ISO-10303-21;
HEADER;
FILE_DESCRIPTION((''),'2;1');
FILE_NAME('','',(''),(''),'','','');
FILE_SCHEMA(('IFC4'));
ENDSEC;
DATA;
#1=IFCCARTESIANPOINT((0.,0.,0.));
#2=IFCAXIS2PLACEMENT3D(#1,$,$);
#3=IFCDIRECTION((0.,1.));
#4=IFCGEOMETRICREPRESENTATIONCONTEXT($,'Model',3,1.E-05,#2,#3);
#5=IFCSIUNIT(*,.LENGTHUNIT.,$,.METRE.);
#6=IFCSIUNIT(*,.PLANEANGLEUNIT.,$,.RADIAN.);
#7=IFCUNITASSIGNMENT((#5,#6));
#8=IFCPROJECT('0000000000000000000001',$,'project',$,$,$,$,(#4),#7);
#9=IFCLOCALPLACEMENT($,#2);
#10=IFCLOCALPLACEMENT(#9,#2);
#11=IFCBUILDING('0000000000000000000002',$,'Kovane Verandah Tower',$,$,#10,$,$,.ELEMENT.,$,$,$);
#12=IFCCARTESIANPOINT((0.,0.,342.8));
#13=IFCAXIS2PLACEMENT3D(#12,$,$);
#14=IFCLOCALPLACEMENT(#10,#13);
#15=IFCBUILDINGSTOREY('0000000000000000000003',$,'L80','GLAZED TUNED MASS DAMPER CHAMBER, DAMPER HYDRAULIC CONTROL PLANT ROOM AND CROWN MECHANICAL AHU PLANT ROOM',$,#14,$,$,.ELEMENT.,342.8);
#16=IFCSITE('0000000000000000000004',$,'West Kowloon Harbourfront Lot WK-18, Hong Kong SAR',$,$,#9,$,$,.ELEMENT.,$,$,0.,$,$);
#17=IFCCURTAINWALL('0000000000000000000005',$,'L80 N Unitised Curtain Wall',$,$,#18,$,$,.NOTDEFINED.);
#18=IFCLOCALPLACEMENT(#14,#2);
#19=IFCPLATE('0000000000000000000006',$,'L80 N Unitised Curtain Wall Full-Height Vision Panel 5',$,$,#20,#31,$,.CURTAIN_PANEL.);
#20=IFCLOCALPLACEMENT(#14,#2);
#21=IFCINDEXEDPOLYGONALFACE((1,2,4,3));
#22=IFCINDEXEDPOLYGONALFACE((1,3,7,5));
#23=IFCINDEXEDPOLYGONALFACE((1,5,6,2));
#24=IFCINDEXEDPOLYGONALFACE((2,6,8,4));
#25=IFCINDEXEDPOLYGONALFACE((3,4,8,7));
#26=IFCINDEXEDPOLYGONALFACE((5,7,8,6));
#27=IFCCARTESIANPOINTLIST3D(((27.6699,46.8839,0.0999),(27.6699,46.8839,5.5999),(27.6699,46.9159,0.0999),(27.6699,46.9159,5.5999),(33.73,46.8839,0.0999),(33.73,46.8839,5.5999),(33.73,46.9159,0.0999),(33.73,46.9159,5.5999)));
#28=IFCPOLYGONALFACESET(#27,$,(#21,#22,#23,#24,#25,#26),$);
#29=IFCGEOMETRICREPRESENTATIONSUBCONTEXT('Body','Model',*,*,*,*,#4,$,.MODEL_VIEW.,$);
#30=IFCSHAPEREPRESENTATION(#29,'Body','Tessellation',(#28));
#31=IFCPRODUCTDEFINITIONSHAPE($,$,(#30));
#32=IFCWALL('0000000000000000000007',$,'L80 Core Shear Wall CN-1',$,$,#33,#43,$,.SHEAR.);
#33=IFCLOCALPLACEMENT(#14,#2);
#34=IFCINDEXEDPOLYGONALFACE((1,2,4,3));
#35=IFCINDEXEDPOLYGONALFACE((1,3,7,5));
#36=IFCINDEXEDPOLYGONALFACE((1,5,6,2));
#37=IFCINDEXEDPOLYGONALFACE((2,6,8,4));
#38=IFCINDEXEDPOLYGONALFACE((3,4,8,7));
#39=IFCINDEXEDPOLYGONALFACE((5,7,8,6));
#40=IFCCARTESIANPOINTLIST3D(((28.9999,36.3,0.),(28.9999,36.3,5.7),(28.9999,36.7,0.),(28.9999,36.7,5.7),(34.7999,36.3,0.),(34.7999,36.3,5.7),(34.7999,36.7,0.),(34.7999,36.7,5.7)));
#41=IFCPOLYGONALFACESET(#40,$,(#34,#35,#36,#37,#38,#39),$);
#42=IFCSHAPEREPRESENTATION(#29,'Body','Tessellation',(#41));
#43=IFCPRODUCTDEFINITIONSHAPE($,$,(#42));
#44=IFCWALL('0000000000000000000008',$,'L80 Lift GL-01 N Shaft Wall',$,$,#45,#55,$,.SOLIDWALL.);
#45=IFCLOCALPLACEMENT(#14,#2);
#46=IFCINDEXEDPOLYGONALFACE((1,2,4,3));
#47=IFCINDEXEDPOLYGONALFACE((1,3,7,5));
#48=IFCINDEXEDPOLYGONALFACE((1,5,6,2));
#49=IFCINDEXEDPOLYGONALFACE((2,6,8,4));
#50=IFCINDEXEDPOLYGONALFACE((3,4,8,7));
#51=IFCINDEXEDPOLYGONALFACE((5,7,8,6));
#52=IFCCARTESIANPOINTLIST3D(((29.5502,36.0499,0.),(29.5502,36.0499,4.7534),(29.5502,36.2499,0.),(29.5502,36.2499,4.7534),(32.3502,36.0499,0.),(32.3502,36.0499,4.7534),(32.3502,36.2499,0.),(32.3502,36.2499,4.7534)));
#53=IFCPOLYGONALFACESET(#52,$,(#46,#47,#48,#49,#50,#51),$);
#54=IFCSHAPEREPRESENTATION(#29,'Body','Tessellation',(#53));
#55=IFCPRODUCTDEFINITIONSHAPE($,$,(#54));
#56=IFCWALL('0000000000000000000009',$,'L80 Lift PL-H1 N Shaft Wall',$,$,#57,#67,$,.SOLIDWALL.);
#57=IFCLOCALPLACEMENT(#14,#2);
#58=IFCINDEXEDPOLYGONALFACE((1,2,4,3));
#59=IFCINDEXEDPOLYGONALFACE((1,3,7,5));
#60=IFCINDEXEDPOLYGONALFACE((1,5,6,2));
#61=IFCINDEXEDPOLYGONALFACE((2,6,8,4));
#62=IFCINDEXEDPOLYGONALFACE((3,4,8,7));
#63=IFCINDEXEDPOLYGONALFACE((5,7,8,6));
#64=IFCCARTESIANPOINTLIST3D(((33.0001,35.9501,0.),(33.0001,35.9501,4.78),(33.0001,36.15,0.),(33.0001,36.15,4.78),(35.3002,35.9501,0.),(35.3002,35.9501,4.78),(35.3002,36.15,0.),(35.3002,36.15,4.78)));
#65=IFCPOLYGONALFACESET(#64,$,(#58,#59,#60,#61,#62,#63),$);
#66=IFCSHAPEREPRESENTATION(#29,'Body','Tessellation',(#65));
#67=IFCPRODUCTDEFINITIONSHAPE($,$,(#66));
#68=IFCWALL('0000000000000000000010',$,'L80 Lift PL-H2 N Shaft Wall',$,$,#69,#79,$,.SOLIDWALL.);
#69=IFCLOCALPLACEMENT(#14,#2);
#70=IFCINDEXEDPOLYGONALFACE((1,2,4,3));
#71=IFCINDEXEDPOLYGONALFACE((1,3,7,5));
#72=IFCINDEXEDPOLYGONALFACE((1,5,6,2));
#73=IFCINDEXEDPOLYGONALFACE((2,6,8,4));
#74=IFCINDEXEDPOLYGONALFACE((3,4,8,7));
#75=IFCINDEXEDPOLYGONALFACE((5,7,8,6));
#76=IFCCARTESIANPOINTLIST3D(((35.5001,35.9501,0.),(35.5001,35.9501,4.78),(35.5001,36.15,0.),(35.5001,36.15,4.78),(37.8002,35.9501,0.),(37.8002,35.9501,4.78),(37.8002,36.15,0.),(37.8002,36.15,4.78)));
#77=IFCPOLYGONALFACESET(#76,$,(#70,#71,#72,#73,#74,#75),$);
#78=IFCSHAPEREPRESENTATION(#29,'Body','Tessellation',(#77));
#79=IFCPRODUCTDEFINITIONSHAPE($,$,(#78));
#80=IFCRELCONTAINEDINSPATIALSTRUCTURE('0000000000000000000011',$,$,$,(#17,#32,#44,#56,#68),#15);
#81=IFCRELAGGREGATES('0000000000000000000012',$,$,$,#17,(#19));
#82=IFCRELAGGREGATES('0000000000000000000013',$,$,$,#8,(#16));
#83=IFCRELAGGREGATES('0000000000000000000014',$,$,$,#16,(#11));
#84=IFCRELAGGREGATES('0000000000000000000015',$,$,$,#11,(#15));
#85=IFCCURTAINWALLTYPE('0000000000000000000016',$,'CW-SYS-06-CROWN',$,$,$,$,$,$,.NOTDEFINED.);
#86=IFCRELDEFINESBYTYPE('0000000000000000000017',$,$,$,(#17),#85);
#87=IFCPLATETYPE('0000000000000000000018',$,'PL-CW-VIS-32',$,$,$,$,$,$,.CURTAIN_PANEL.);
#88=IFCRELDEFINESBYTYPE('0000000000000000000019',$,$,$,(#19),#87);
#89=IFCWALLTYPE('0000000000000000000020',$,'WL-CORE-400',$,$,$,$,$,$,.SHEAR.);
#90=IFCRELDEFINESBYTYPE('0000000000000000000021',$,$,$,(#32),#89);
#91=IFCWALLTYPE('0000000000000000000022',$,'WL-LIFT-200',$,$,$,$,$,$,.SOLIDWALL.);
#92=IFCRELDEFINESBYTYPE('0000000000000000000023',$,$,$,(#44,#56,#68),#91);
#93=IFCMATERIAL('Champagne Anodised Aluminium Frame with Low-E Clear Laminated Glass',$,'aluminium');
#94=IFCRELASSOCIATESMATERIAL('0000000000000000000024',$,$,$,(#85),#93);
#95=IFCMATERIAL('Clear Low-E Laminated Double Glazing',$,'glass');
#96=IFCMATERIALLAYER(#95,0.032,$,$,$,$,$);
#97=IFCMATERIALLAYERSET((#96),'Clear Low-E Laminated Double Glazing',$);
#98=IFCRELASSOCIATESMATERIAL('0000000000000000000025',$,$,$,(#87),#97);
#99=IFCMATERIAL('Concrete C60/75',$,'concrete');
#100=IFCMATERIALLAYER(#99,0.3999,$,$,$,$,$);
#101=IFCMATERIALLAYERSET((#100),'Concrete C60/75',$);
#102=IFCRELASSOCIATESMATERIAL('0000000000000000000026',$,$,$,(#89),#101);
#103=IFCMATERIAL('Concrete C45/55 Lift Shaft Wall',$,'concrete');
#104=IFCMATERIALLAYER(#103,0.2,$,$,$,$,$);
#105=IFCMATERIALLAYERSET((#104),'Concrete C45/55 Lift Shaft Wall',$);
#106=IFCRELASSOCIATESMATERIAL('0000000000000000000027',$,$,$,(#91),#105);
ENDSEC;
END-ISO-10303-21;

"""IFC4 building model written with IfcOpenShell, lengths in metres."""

from ifc_helpers import new_model, si_unit, direction, frame, frame_2d, origin, origin_2d, place, context, subcontext, project, spatial, rectangle, extrude, material, layer, layer_set, type_object, element, aggregate, save


model = new_model("IFC4")

# Units and contexts
model_context = context("Model", 3, precision=1e-05, world=origin(), true_north=direction((0.0, 1.0)))
body_context = subcontext(model_context, "Body", "Model", "MODEL_VIEW")
ifc_project = project(units=[si_unit("LENGTHUNIT", "METRE"), si_unit("PLANEANGLEUNIT", "RADIAN")], contexts=[model_context])

# Site, building, storey
site_placement = place(None, origin())
site = spatial("IfcSite", under=ifc_project, at=site_placement, Name="West Kowloon Harbourfront Lot WK-18, Hong Kong SAR", CompositionType="ELEMENT", RefElevation=0.0)
building_placement = place(site_placement, origin())
building = spatial("IfcBuilding", under=site, at=building_placement, Name="Kovane Verandah Tower", CompositionType="ELEMENT")
storey_placement = place(building_placement, frame((0.0, 0.0, 342.8)))
storey = spatial("IfcBuildingStorey", under=building, at=storey_placement, Name="L80", Description="GLAZED TUNED MASS DAMPER CHAMBER, DAMPER HYDRAULIC CONTROL PLANT ROOM AND CROWN MECHANICAL AHU PLANT ROOM", CompositionType="ELEMENT", Elevation=342.8)

# Shared definitions
ifc_material_1 = material(Name="Concrete C60/75", Category="concrete")

# Curtain wall, plate
ifc_material_2 = material(Name="Champagne Anodised Aluminium Frame with Low-E Clear Laminated Glass", Category="aluminium")
curtain_wall_type = type_object("IfcCurtainWallType", Name="CW-SYS-06-CROWN", PredefinedType="NOTDEFINED", material=ifc_material_2)
curtain_wall_placement = place(storey_placement, origin())
curtain_wall = element("IfcCurtainWall", 1, at=curtain_wall_placement, inside=storey, type_object=curtain_wall_type, Name="L80 N Unitised Curtain Wall", PredefinedType="NOTDEFINED")
ifc_material_3 = material(Name="Clear Low-E Laminated Double Glazing", Category="glass")
ifc_layer_1 = layer(ifc_material_3, 0.032)
ifc_layer_set_1 = layer_set([ifc_layer_1], Name="Clear Low-E Laminated Double Glazing")
plate_type = type_object("IfcPlateType", Name="PL-CW-VIS-32", PredefinedType="CURTAIN_PANEL", material=ifc_layer_set_1)
plate_1_placement = place(storey_placement, frame((30.7, 46.8999, 0.0999), z_axis=(0.0, 0.0, 1.0), x_axis=(-1.0, 0.0, 0.0)))
plate_1 = element("IfcPlate", 2, at=plate_1_placement, type_object=plate_type, Name="L80 N Unitised Curtain Wall Full-Height Vision Panel 5", PredefinedType="CURTAIN_PANEL", context=body_context, shape_type="SweptSolid", body=[
    extrude(rectangle(XDim=6.0601, YDim=0.032, at=origin_2d()), origin(), (0.0, 0.0, 1.0), 5.5),
])
aggregate(curtain_wall, [plate_1])

# Wall
ifc_layer_2 = layer(ifc_material_1, 0.3999)
ifc_layer_set_2 = layer_set([ifc_layer_2], Name="Concrete C60/75")
wall_type_1 = type_object("IfcWallType", Name="WL-CORE-400", PredefinedType="SHEAR", material=ifc_layer_set_2)
wall_1_placement = place(storey_placement, frame((29.0, 36.5, 0.0), z_axis=(0.0, 0.0, 1.0), x_axis=(1.0, 0.0, 0.0)))
element("IfcWall", 3, at=wall_1_placement, inside=storey, type_object=wall_type_1, Name="L80 Core Shear Wall CN-1", PredefinedType="SHEAR", context=body_context, shape_type="SweptSolid", body=[
    extrude(rectangle(XDim=5.8, YDim=0.3999, at=frame_2d((2.8999, 0.0))), origin(), (0.0, 0.0, 1.0), 5.7),
])

# Walls
ifc_material_4 = material(Name="Concrete C45/55 Lift Shaft Wall", Category="concrete")
ifc_layer_3 = layer(ifc_material_4, 0.2)
ifc_layer_set_3 = layer_set([ifc_layer_3], Name="Concrete C45/55 Lift Shaft Wall")
wall_type_2 = type_object("IfcWallType", Name="WL-LIFT-200", PredefinedType="SOLIDWALL", material=ifc_layer_set_3)
wall_2_placement = place(storey_placement, frame((32.3501, 36.1499, 0.0), z_axis=(0.0, 0.0, 1.0), x_axis=(-1.0, 0.0, 0.0)))
element("IfcWall", 4, at=wall_2_placement, inside=storey, type_object=wall_type_2, Name="L80 Lift GL-01 N Shaft Wall", PredefinedType="SOLIDWALL", context=body_context, shape_type="SweptSolid", body=[
    extrude(rectangle(XDim=2.8, YDim=0.2, at=frame_2d((1.3999, 0.0))), origin(), (0.0, 0.0, 1.0), 4.7534),
])
for number, where, z_axis, x_axis, name in (
    (5, (35.3, 36.05, 0.0), (0.0, 0.0, 1.0), (-1.0, 0.0, 0.0), "L80 Lift PL-H1 N Shaft Wall"),
    (6, (37.8, 36.05, 0.0), (0.0, 0.0, 1.0), (-1.0, 0.0, 0.0), "L80 Lift PL-H2 N Shaft Wall"),
):
    element("IfcWall", number, at=place(storey_placement, frame(where, z_axis=z_axis, x_axis=x_axis)), inside=storey, type_object=wall_type_2, Name=name, PredefinedType="SOLIDWALL", context=body_context, shape_type="SweptSolid", body=[
        extrude(rectangle(XDim=2.3, YDim=0.2, at=frame_2d((1.1499, 0.0))), origin(), (0.0, 0.0, 1.0), 4.78),
    ])

save(model, "model.ifc")
